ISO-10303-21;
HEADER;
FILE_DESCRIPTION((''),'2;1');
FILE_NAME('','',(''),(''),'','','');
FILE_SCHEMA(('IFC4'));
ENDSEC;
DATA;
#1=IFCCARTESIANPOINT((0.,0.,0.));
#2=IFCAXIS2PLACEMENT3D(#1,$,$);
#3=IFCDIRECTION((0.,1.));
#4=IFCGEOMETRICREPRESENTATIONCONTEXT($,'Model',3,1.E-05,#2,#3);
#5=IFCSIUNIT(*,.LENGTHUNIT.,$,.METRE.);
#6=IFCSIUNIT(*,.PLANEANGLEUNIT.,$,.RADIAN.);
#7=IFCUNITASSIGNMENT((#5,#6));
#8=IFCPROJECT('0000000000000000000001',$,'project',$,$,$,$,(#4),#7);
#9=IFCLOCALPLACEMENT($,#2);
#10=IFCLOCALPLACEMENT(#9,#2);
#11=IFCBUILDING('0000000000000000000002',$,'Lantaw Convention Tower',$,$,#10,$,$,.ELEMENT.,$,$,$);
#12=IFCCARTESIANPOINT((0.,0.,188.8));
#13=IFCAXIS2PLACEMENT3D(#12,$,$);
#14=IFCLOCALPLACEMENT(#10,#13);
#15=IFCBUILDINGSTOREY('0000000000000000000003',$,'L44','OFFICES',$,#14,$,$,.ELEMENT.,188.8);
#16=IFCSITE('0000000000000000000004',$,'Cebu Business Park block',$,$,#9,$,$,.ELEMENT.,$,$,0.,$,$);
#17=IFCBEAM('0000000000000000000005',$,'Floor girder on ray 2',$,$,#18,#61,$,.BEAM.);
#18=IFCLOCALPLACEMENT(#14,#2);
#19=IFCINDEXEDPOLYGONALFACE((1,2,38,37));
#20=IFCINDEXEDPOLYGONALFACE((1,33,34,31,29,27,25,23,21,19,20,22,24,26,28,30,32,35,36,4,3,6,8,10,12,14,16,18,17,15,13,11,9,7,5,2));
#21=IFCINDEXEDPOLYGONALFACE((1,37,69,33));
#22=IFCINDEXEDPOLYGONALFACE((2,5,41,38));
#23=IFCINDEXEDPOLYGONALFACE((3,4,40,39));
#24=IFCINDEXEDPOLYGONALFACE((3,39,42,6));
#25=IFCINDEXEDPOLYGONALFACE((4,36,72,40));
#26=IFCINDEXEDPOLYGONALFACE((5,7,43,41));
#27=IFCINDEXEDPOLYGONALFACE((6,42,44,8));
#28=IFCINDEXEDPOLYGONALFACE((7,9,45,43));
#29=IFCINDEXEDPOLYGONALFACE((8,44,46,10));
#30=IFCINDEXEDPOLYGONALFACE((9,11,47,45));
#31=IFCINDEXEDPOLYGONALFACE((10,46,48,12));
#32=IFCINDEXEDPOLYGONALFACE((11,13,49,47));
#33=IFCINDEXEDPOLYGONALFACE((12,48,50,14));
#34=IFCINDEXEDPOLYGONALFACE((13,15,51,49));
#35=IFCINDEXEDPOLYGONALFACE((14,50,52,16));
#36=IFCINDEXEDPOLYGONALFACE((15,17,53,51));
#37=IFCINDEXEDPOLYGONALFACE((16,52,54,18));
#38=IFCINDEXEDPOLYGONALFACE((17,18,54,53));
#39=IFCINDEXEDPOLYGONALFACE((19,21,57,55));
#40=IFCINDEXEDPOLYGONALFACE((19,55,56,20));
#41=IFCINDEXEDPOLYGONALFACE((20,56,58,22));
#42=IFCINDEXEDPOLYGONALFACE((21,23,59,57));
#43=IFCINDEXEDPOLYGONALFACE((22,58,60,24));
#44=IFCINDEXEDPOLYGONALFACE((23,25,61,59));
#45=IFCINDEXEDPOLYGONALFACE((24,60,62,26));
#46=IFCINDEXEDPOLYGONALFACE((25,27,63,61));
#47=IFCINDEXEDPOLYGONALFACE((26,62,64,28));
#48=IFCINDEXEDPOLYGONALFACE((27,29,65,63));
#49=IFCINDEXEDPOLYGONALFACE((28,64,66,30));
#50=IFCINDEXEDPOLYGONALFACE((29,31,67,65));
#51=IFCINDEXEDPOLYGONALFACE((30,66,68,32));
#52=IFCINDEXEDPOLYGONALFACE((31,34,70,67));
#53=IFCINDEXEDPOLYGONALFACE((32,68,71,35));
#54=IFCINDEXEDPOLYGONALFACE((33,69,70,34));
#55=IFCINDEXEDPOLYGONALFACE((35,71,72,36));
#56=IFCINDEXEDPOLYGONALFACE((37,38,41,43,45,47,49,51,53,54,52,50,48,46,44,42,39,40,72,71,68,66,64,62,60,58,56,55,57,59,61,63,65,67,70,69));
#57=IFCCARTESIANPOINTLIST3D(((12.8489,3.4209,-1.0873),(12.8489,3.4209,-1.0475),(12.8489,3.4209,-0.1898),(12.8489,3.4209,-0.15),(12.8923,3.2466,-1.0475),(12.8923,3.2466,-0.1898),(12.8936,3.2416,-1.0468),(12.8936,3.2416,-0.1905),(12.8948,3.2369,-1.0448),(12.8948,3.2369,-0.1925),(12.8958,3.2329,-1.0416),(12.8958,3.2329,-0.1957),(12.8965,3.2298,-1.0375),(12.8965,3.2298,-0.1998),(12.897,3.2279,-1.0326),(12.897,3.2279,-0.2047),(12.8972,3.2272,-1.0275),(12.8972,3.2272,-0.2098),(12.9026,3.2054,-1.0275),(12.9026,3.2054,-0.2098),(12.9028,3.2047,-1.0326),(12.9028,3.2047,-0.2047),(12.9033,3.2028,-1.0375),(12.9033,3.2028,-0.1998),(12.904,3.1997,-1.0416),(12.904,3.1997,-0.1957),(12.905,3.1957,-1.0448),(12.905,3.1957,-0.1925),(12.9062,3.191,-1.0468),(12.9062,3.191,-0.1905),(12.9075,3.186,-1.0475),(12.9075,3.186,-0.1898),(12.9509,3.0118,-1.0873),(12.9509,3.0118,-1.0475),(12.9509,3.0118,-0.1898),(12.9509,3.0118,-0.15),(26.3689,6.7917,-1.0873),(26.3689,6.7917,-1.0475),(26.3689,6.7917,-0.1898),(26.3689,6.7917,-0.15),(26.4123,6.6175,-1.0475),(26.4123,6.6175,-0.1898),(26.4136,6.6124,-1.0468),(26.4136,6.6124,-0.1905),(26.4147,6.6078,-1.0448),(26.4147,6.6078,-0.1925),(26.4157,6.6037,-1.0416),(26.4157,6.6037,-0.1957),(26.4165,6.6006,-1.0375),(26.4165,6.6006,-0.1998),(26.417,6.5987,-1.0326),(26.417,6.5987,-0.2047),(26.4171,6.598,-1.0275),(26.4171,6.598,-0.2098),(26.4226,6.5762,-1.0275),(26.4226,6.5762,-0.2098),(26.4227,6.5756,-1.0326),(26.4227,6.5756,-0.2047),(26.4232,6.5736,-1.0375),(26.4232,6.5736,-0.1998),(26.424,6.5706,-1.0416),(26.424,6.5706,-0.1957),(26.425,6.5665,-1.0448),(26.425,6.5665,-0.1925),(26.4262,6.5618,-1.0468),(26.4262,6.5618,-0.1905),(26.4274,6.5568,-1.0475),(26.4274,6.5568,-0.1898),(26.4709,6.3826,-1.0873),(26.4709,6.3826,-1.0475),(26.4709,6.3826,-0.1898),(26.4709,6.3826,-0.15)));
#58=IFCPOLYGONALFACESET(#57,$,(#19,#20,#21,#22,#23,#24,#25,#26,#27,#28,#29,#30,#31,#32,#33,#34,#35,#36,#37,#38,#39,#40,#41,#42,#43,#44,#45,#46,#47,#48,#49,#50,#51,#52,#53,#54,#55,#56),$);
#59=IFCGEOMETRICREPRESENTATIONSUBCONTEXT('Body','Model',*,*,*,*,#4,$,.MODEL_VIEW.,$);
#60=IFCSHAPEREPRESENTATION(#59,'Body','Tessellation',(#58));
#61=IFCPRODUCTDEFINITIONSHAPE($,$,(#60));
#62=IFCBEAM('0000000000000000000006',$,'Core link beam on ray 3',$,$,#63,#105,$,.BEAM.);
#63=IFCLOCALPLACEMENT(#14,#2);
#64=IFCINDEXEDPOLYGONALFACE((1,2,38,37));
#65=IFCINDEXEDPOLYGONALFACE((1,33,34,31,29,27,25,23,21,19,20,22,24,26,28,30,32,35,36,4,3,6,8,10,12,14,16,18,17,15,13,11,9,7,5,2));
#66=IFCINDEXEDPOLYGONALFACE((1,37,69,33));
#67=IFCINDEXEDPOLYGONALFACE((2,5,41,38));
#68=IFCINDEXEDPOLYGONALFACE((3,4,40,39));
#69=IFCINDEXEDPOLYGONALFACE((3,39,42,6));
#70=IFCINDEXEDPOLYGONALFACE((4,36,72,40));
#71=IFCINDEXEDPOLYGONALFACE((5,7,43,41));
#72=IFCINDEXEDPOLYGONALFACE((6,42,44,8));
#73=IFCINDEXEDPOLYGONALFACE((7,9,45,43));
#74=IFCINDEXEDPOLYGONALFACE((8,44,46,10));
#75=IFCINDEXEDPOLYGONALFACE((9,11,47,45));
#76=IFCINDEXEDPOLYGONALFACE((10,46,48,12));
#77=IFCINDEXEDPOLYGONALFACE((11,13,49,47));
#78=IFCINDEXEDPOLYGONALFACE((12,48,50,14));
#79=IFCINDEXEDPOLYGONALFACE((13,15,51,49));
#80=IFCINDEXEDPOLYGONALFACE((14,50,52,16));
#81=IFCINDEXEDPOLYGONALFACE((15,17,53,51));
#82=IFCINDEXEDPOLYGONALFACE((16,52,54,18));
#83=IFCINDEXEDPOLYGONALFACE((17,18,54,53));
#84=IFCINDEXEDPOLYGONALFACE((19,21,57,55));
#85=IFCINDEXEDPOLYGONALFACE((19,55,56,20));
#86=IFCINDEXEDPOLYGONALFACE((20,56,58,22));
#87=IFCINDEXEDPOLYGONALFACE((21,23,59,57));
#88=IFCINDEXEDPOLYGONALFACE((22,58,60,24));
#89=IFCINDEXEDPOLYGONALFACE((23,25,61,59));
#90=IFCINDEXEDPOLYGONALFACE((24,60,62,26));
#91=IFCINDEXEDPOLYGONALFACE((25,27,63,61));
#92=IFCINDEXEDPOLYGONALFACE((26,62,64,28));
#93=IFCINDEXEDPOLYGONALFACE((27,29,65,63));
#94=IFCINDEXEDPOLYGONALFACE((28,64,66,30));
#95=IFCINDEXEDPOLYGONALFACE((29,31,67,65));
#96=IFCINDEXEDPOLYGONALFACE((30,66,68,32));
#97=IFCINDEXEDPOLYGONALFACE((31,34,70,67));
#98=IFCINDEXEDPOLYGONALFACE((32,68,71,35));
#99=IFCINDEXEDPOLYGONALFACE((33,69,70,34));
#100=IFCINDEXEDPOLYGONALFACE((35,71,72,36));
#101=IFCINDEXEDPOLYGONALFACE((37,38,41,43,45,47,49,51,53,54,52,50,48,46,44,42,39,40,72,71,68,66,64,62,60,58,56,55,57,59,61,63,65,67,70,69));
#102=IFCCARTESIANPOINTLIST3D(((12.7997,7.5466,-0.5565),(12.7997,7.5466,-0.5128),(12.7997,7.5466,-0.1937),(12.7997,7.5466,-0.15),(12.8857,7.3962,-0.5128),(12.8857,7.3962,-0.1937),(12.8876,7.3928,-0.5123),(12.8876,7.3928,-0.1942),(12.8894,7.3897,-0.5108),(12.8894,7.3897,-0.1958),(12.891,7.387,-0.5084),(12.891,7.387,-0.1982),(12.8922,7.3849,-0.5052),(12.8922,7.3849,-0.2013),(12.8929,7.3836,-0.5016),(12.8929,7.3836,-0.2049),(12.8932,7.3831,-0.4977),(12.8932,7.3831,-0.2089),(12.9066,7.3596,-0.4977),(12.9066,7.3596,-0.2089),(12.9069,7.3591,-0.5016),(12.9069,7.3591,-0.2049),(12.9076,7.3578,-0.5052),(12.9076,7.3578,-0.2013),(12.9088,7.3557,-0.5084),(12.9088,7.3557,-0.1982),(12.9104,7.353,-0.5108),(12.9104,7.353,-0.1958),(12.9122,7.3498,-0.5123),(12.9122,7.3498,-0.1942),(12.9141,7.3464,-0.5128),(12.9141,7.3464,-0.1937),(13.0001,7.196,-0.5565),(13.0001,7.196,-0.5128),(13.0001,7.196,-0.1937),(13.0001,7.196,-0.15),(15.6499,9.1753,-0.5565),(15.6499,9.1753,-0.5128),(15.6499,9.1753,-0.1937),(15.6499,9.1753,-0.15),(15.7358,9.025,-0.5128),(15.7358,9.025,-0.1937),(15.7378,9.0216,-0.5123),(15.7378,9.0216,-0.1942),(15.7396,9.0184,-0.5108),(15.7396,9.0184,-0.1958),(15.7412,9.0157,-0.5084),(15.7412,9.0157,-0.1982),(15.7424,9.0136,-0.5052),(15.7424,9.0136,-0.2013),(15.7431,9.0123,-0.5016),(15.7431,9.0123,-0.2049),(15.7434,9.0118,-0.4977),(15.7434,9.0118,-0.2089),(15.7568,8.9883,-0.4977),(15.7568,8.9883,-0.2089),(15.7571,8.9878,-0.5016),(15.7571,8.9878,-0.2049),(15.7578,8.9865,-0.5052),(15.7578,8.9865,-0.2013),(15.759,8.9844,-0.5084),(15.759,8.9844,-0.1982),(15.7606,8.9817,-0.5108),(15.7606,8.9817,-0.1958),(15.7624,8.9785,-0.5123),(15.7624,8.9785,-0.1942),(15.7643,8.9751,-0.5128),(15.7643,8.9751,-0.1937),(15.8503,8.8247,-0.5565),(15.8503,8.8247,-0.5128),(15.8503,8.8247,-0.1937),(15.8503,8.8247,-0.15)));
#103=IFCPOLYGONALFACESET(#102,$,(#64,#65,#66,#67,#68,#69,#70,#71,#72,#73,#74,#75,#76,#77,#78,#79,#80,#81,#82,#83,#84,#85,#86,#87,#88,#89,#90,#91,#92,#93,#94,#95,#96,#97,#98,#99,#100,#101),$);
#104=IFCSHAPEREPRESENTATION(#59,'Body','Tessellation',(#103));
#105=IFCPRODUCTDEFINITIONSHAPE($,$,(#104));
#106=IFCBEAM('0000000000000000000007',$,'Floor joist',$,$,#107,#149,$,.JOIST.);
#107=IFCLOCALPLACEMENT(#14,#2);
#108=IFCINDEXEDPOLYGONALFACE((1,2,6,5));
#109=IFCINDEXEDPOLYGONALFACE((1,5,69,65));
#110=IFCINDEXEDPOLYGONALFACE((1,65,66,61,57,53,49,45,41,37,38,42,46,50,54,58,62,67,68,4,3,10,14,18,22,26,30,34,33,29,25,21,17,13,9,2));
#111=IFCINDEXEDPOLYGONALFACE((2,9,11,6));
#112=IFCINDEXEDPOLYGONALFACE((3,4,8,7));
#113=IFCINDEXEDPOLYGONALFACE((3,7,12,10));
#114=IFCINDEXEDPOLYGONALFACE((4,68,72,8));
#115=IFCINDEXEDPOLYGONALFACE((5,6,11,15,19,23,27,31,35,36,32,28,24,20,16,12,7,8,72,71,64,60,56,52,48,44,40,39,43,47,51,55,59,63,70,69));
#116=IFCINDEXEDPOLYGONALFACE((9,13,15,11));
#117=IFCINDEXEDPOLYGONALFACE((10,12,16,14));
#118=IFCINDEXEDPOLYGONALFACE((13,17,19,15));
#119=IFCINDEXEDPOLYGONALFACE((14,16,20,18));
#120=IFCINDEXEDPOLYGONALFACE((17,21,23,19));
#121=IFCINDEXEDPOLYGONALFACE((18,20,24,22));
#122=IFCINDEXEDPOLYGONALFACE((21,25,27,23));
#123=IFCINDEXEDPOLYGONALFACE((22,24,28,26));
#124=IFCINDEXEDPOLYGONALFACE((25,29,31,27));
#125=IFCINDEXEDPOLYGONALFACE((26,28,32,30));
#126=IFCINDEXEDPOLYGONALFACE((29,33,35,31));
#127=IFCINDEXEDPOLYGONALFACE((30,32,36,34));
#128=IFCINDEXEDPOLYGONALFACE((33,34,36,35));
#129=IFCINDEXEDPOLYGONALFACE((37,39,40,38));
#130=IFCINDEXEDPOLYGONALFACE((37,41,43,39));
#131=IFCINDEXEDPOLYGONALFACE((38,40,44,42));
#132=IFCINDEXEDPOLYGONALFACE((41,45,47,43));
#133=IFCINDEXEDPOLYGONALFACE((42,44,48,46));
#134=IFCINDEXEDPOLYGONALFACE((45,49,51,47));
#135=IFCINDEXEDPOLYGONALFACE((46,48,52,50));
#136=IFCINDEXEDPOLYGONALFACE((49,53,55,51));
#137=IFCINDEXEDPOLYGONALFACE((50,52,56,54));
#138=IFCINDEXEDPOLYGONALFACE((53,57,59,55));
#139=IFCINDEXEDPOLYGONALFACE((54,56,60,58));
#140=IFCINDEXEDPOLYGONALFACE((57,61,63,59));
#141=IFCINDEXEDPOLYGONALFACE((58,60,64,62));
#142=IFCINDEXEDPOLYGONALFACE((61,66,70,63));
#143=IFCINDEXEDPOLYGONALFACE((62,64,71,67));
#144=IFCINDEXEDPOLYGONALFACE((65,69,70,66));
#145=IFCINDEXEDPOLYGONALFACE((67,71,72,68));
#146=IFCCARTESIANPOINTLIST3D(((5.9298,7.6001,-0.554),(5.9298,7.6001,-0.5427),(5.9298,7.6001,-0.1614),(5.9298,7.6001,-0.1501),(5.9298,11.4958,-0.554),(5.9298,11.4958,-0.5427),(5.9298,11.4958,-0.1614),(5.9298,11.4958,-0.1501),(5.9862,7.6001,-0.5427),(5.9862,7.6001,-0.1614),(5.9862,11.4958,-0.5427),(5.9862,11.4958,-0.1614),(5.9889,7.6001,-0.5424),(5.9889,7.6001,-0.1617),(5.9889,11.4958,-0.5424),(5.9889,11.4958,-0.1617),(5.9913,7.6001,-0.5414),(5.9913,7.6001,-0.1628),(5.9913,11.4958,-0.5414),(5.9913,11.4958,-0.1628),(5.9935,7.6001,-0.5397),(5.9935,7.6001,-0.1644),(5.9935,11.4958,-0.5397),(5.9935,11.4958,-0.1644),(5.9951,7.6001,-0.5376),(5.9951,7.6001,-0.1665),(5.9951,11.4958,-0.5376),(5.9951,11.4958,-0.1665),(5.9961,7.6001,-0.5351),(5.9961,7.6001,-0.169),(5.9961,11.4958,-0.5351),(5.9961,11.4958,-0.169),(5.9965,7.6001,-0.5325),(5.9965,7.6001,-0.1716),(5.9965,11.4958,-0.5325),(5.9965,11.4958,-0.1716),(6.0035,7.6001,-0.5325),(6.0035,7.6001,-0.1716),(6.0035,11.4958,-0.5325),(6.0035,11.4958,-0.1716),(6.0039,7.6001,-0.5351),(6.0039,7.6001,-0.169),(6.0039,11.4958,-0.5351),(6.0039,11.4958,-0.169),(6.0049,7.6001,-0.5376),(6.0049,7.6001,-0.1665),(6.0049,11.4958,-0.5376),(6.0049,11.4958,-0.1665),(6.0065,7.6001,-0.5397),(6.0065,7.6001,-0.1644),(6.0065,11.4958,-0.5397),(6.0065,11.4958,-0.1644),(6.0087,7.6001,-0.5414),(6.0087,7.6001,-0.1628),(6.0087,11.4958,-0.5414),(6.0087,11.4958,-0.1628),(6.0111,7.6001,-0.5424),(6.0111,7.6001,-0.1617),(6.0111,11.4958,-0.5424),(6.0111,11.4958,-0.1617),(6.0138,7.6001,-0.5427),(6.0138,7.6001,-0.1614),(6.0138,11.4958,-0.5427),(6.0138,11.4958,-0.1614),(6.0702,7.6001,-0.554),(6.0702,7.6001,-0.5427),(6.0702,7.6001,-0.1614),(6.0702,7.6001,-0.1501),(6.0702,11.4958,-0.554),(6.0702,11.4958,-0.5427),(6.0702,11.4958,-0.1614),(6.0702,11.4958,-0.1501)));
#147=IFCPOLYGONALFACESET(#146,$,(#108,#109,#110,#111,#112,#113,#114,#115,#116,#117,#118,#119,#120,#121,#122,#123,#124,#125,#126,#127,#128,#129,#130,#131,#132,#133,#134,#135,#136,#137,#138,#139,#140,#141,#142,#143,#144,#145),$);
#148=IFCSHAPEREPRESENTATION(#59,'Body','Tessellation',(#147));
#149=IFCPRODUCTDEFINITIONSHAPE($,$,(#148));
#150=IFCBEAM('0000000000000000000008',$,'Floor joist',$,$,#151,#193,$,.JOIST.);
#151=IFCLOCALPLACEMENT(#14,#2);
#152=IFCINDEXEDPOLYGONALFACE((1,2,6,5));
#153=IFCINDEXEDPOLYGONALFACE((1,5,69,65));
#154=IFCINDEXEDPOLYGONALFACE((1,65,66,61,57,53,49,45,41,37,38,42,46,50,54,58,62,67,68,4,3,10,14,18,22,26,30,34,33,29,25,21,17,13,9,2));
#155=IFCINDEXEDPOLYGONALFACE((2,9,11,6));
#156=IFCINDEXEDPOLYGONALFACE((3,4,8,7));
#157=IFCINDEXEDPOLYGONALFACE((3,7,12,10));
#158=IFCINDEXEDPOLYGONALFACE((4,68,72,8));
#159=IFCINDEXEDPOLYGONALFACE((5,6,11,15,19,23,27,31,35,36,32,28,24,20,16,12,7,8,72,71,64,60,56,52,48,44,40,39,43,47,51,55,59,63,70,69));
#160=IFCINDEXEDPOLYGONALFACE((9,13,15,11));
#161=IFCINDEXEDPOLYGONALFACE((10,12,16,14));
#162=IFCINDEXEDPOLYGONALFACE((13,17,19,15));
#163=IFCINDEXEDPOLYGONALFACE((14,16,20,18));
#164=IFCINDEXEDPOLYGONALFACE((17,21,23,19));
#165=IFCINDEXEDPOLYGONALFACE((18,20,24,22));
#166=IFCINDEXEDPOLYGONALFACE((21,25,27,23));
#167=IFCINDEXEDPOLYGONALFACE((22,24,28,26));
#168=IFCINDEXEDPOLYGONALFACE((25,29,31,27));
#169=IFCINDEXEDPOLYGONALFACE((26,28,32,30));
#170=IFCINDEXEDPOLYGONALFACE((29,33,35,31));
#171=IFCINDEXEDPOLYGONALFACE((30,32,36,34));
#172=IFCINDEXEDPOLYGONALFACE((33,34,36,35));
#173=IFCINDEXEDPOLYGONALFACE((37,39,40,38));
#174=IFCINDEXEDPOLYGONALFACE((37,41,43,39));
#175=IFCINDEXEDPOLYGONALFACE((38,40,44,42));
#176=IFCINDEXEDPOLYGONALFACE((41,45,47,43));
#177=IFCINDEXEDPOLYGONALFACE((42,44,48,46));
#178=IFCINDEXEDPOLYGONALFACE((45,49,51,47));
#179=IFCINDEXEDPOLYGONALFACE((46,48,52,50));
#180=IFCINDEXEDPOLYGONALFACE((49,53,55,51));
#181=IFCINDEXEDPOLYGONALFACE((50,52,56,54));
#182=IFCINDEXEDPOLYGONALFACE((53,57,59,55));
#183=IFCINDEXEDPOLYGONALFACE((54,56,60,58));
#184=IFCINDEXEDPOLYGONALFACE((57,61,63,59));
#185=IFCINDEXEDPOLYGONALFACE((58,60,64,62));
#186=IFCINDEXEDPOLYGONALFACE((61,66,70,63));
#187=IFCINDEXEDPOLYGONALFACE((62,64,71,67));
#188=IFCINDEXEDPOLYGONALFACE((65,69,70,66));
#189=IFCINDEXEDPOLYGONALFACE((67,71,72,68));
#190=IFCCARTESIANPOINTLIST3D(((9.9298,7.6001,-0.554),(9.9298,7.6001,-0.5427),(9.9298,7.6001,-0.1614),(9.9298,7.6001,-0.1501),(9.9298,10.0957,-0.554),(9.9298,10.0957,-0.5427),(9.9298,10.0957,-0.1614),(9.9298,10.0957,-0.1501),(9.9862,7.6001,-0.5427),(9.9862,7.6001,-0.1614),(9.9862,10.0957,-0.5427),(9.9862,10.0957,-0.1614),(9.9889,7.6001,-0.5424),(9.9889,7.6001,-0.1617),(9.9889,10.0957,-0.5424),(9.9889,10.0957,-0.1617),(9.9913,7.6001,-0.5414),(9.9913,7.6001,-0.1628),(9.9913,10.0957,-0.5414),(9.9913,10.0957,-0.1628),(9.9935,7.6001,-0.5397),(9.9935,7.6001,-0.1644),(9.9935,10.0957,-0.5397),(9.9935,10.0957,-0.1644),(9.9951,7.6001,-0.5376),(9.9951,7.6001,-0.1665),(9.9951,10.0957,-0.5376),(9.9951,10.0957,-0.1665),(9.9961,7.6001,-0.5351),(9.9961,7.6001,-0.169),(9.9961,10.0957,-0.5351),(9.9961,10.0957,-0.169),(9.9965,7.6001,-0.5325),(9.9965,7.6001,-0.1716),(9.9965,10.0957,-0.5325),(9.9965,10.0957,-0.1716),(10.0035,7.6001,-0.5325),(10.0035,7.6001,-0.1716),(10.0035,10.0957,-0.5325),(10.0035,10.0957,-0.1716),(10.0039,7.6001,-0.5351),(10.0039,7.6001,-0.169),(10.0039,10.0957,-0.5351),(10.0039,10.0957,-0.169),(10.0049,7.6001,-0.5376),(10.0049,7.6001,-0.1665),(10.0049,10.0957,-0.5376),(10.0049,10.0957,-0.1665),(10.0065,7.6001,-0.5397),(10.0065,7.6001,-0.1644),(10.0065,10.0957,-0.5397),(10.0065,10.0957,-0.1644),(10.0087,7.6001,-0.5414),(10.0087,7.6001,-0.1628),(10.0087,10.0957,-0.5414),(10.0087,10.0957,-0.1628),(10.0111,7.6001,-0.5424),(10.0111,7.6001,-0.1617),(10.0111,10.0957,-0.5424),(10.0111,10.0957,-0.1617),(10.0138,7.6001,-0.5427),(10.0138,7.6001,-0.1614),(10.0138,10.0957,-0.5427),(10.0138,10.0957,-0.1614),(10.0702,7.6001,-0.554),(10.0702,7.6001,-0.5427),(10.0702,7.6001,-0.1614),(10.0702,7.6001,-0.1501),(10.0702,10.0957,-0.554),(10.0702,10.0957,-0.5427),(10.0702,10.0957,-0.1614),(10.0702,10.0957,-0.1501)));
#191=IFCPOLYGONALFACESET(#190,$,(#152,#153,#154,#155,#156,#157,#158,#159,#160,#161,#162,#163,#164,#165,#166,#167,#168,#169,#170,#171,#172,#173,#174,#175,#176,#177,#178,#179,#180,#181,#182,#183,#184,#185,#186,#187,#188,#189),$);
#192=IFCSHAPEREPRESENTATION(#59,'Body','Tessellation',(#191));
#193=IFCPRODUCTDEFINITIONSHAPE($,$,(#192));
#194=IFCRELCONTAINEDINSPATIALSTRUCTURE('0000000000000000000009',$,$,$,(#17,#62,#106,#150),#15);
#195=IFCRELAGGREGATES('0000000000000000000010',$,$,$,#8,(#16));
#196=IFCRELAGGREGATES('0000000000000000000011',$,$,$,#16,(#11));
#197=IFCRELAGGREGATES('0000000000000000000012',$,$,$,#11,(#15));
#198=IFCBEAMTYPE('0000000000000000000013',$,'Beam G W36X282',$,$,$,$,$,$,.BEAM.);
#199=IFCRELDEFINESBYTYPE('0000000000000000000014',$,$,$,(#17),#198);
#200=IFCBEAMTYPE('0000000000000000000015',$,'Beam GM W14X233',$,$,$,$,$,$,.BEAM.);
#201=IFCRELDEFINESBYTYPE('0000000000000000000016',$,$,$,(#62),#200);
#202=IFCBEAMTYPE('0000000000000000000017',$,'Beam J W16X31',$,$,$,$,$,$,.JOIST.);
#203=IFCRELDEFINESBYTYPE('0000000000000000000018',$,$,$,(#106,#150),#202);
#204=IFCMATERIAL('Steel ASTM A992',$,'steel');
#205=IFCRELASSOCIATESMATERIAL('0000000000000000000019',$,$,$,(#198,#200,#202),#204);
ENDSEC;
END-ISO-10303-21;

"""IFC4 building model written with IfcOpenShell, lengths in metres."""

from ifc_helpers import new_model, si_unit, direction, frame, origin, origin_2d, place, context, subcontext, project, spatial, i_section, extrude, material, material_profile, profile_set, type_object, element, save


model = new_model("IFC4")

# Units and contexts
model_context = context("Model", 3, precision=1e-05, world=origin(), true_north=direction((0.0, 1.0)))
body_context = subcontext(model_context, "Body", "Model", "MODEL_VIEW")
ifc_project = project(units=[si_unit("LENGTHUNIT", "METRE"), si_unit("PLANEANGLEUNIT", "RADIAN")], contexts=[model_context])

# Site, building, storey
site_placement = place(None, origin())
site = spatial("IfcSite", under=ifc_project, at=site_placement, Name="Cebu Business Park block", CompositionType="ELEMENT", RefElevation=0.0)
building_placement = place(site_placement, origin())
building = spatial("IfcBuilding", under=site, at=building_placement, Name="Lantaw Convention Tower", CompositionType="ELEMENT")
storey_placement = place(building_placement, frame((0.0, 0.0, 188.8)))
storey = spatial("IfcBuildingStorey", under=building, at=storey_placement, Name="L44", Description="OFFICES", CompositionType="ELEMENT", Elevation=188.8)

# Beams
ifc_material_1 = material(Name="Steel ASTM A992", Category="steel")
ifc_material_profile_1 = material_profile(ifc_material_1, i_section(OverallWidth=0.4216, OverallDepth=0.9373, WebThickness=0.0225, FlangeThickness=0.0398, FilletRadius=0.02, at=origin_2d()), Name="W36X282")
ifc_profile_set_1 = profile_set([ifc_material_profile_1], Name="Steel ASTM A992")
beam_type_1 = type_object("IfcBeamType", Name="Beam G W36X282", PredefinedType="BEAM", material=ifc_profile_set_1)
beam_1_placement = place(storey_placement, frame((12.8999, 3.2163, -0.6187), z_axis=(0.970297, 0.241917, 0.0), x_axis=(-0.241917, 0.970297, 0.0)))
element("IfcBeam", 1, at=beam_1_placement, inside=storey, type_object=beam_type_1, Name="Floor girder on ray 2", PredefinedType="BEAM", context=body_context, shape_type="SweptSolid", body=[
    extrude(i_section(OverallWidth=0.4216, OverallDepth=0.9373, WebThickness=0.0225, FlangeThickness=0.0398, FilletRadius=0.02, at=origin_2d()), origin(), (0.0, 0.0, 1.0), 13.9338),
])
ifc_material_profile_2 = material_profile(ifc_material_1, i_section(OverallWidth=0.4038, OverallDepth=0.4065, WebThickness=0.0271, FlangeThickness=0.0437, FilletRadius=0.0151, at=origin_2d()), Name="W14X233")
ifc_profile_set_2 = profile_set([ifc_material_profile_2], Name="Steel ASTM A992")
beam_type_2 = type_object("IfcBeamType", Name="Beam GM W14X233", PredefinedType="BEAM", material=ifc_profile_set_2)
beam_2_placement = place(storey_placement, frame((12.8999, 7.3713, -0.3533), z_axis=(0.868239, 0.496147, 0.0), x_axis=(-0.496147, 0.868239, 0.0)))
element("IfcBeam", 2, at=beam_2_placement, inside=storey, type_object=beam_type_2, Name="Core link beam on ray 3", PredefinedType="BEAM", context=body_context, shape_type="SweptSolid", body=[
    extrude(i_section(OverallWidth=0.4038, OverallDepth=0.4065, WebThickness=0.0271, FlangeThickness=0.0437, FilletRadius=0.0151, at=origin_2d()), origin(), (0.0, 0.0, 1.0), 3.2827),
])
ifc_material_profile_3 = material_profile(ifc_material_1, i_section(OverallWidth=0.1404, OverallDepth=0.4038, WebThickness=0.0071, FlangeThickness=0.0112, FilletRadius=0.0103, at=origin_2d()), Name="W16X31")
ifc_profile_set_3 = profile_set([ifc_material_profile_3], Name="Steel ASTM A992")
beam_type_3 = type_object("IfcBeamType", Name="Beam J W16X31", PredefinedType="JOIST", material=ifc_profile_set_3)
beam_3_placement = place(storey_placement, frame((6.0, 7.6001, -0.3521), z_axis=(0.0, 1.0, 0.0), x_axis=(-1.0, 0.0, 0.0)))
element("IfcBeam", 3, at=beam_3_placement, inside=storey, type_object=beam_type_3, Name="Floor joist", PredefinedType="JOIST", context=body_context, shape_type="SweptSolid", body=[
    extrude(i_section(OverallWidth=0.1404, OverallDepth=0.4038, WebThickness=0.0071, FlangeThickness=0.0112, FilletRadius=0.0103, at=origin_2d()), origin(), (0.0, 0.0, 1.0), 3.8958),
])
beam_4_placement = place(storey_placement, frame((10.0, 7.6001, -0.3521), z_axis=(0.0, 1.0, 0.0), x_axis=(-1.0, 0.0, 0.0)))
element("IfcBeam", 4, at=beam_4_placement, inside=storey, type_object=beam_type_3, Name="Floor joist", PredefinedType="JOIST", context=body_context, shape_type="SweptSolid", body=[
    extrude(i_section(OverallWidth=0.1404, OverallDepth=0.4038, WebThickness=0.0071, FlangeThickness=0.0112, FilletRadius=0.0103, at=origin_2d()), origin(), (0.0, 0.0, 1.0), 2.4956),
])

save(model, "model.ifc")
